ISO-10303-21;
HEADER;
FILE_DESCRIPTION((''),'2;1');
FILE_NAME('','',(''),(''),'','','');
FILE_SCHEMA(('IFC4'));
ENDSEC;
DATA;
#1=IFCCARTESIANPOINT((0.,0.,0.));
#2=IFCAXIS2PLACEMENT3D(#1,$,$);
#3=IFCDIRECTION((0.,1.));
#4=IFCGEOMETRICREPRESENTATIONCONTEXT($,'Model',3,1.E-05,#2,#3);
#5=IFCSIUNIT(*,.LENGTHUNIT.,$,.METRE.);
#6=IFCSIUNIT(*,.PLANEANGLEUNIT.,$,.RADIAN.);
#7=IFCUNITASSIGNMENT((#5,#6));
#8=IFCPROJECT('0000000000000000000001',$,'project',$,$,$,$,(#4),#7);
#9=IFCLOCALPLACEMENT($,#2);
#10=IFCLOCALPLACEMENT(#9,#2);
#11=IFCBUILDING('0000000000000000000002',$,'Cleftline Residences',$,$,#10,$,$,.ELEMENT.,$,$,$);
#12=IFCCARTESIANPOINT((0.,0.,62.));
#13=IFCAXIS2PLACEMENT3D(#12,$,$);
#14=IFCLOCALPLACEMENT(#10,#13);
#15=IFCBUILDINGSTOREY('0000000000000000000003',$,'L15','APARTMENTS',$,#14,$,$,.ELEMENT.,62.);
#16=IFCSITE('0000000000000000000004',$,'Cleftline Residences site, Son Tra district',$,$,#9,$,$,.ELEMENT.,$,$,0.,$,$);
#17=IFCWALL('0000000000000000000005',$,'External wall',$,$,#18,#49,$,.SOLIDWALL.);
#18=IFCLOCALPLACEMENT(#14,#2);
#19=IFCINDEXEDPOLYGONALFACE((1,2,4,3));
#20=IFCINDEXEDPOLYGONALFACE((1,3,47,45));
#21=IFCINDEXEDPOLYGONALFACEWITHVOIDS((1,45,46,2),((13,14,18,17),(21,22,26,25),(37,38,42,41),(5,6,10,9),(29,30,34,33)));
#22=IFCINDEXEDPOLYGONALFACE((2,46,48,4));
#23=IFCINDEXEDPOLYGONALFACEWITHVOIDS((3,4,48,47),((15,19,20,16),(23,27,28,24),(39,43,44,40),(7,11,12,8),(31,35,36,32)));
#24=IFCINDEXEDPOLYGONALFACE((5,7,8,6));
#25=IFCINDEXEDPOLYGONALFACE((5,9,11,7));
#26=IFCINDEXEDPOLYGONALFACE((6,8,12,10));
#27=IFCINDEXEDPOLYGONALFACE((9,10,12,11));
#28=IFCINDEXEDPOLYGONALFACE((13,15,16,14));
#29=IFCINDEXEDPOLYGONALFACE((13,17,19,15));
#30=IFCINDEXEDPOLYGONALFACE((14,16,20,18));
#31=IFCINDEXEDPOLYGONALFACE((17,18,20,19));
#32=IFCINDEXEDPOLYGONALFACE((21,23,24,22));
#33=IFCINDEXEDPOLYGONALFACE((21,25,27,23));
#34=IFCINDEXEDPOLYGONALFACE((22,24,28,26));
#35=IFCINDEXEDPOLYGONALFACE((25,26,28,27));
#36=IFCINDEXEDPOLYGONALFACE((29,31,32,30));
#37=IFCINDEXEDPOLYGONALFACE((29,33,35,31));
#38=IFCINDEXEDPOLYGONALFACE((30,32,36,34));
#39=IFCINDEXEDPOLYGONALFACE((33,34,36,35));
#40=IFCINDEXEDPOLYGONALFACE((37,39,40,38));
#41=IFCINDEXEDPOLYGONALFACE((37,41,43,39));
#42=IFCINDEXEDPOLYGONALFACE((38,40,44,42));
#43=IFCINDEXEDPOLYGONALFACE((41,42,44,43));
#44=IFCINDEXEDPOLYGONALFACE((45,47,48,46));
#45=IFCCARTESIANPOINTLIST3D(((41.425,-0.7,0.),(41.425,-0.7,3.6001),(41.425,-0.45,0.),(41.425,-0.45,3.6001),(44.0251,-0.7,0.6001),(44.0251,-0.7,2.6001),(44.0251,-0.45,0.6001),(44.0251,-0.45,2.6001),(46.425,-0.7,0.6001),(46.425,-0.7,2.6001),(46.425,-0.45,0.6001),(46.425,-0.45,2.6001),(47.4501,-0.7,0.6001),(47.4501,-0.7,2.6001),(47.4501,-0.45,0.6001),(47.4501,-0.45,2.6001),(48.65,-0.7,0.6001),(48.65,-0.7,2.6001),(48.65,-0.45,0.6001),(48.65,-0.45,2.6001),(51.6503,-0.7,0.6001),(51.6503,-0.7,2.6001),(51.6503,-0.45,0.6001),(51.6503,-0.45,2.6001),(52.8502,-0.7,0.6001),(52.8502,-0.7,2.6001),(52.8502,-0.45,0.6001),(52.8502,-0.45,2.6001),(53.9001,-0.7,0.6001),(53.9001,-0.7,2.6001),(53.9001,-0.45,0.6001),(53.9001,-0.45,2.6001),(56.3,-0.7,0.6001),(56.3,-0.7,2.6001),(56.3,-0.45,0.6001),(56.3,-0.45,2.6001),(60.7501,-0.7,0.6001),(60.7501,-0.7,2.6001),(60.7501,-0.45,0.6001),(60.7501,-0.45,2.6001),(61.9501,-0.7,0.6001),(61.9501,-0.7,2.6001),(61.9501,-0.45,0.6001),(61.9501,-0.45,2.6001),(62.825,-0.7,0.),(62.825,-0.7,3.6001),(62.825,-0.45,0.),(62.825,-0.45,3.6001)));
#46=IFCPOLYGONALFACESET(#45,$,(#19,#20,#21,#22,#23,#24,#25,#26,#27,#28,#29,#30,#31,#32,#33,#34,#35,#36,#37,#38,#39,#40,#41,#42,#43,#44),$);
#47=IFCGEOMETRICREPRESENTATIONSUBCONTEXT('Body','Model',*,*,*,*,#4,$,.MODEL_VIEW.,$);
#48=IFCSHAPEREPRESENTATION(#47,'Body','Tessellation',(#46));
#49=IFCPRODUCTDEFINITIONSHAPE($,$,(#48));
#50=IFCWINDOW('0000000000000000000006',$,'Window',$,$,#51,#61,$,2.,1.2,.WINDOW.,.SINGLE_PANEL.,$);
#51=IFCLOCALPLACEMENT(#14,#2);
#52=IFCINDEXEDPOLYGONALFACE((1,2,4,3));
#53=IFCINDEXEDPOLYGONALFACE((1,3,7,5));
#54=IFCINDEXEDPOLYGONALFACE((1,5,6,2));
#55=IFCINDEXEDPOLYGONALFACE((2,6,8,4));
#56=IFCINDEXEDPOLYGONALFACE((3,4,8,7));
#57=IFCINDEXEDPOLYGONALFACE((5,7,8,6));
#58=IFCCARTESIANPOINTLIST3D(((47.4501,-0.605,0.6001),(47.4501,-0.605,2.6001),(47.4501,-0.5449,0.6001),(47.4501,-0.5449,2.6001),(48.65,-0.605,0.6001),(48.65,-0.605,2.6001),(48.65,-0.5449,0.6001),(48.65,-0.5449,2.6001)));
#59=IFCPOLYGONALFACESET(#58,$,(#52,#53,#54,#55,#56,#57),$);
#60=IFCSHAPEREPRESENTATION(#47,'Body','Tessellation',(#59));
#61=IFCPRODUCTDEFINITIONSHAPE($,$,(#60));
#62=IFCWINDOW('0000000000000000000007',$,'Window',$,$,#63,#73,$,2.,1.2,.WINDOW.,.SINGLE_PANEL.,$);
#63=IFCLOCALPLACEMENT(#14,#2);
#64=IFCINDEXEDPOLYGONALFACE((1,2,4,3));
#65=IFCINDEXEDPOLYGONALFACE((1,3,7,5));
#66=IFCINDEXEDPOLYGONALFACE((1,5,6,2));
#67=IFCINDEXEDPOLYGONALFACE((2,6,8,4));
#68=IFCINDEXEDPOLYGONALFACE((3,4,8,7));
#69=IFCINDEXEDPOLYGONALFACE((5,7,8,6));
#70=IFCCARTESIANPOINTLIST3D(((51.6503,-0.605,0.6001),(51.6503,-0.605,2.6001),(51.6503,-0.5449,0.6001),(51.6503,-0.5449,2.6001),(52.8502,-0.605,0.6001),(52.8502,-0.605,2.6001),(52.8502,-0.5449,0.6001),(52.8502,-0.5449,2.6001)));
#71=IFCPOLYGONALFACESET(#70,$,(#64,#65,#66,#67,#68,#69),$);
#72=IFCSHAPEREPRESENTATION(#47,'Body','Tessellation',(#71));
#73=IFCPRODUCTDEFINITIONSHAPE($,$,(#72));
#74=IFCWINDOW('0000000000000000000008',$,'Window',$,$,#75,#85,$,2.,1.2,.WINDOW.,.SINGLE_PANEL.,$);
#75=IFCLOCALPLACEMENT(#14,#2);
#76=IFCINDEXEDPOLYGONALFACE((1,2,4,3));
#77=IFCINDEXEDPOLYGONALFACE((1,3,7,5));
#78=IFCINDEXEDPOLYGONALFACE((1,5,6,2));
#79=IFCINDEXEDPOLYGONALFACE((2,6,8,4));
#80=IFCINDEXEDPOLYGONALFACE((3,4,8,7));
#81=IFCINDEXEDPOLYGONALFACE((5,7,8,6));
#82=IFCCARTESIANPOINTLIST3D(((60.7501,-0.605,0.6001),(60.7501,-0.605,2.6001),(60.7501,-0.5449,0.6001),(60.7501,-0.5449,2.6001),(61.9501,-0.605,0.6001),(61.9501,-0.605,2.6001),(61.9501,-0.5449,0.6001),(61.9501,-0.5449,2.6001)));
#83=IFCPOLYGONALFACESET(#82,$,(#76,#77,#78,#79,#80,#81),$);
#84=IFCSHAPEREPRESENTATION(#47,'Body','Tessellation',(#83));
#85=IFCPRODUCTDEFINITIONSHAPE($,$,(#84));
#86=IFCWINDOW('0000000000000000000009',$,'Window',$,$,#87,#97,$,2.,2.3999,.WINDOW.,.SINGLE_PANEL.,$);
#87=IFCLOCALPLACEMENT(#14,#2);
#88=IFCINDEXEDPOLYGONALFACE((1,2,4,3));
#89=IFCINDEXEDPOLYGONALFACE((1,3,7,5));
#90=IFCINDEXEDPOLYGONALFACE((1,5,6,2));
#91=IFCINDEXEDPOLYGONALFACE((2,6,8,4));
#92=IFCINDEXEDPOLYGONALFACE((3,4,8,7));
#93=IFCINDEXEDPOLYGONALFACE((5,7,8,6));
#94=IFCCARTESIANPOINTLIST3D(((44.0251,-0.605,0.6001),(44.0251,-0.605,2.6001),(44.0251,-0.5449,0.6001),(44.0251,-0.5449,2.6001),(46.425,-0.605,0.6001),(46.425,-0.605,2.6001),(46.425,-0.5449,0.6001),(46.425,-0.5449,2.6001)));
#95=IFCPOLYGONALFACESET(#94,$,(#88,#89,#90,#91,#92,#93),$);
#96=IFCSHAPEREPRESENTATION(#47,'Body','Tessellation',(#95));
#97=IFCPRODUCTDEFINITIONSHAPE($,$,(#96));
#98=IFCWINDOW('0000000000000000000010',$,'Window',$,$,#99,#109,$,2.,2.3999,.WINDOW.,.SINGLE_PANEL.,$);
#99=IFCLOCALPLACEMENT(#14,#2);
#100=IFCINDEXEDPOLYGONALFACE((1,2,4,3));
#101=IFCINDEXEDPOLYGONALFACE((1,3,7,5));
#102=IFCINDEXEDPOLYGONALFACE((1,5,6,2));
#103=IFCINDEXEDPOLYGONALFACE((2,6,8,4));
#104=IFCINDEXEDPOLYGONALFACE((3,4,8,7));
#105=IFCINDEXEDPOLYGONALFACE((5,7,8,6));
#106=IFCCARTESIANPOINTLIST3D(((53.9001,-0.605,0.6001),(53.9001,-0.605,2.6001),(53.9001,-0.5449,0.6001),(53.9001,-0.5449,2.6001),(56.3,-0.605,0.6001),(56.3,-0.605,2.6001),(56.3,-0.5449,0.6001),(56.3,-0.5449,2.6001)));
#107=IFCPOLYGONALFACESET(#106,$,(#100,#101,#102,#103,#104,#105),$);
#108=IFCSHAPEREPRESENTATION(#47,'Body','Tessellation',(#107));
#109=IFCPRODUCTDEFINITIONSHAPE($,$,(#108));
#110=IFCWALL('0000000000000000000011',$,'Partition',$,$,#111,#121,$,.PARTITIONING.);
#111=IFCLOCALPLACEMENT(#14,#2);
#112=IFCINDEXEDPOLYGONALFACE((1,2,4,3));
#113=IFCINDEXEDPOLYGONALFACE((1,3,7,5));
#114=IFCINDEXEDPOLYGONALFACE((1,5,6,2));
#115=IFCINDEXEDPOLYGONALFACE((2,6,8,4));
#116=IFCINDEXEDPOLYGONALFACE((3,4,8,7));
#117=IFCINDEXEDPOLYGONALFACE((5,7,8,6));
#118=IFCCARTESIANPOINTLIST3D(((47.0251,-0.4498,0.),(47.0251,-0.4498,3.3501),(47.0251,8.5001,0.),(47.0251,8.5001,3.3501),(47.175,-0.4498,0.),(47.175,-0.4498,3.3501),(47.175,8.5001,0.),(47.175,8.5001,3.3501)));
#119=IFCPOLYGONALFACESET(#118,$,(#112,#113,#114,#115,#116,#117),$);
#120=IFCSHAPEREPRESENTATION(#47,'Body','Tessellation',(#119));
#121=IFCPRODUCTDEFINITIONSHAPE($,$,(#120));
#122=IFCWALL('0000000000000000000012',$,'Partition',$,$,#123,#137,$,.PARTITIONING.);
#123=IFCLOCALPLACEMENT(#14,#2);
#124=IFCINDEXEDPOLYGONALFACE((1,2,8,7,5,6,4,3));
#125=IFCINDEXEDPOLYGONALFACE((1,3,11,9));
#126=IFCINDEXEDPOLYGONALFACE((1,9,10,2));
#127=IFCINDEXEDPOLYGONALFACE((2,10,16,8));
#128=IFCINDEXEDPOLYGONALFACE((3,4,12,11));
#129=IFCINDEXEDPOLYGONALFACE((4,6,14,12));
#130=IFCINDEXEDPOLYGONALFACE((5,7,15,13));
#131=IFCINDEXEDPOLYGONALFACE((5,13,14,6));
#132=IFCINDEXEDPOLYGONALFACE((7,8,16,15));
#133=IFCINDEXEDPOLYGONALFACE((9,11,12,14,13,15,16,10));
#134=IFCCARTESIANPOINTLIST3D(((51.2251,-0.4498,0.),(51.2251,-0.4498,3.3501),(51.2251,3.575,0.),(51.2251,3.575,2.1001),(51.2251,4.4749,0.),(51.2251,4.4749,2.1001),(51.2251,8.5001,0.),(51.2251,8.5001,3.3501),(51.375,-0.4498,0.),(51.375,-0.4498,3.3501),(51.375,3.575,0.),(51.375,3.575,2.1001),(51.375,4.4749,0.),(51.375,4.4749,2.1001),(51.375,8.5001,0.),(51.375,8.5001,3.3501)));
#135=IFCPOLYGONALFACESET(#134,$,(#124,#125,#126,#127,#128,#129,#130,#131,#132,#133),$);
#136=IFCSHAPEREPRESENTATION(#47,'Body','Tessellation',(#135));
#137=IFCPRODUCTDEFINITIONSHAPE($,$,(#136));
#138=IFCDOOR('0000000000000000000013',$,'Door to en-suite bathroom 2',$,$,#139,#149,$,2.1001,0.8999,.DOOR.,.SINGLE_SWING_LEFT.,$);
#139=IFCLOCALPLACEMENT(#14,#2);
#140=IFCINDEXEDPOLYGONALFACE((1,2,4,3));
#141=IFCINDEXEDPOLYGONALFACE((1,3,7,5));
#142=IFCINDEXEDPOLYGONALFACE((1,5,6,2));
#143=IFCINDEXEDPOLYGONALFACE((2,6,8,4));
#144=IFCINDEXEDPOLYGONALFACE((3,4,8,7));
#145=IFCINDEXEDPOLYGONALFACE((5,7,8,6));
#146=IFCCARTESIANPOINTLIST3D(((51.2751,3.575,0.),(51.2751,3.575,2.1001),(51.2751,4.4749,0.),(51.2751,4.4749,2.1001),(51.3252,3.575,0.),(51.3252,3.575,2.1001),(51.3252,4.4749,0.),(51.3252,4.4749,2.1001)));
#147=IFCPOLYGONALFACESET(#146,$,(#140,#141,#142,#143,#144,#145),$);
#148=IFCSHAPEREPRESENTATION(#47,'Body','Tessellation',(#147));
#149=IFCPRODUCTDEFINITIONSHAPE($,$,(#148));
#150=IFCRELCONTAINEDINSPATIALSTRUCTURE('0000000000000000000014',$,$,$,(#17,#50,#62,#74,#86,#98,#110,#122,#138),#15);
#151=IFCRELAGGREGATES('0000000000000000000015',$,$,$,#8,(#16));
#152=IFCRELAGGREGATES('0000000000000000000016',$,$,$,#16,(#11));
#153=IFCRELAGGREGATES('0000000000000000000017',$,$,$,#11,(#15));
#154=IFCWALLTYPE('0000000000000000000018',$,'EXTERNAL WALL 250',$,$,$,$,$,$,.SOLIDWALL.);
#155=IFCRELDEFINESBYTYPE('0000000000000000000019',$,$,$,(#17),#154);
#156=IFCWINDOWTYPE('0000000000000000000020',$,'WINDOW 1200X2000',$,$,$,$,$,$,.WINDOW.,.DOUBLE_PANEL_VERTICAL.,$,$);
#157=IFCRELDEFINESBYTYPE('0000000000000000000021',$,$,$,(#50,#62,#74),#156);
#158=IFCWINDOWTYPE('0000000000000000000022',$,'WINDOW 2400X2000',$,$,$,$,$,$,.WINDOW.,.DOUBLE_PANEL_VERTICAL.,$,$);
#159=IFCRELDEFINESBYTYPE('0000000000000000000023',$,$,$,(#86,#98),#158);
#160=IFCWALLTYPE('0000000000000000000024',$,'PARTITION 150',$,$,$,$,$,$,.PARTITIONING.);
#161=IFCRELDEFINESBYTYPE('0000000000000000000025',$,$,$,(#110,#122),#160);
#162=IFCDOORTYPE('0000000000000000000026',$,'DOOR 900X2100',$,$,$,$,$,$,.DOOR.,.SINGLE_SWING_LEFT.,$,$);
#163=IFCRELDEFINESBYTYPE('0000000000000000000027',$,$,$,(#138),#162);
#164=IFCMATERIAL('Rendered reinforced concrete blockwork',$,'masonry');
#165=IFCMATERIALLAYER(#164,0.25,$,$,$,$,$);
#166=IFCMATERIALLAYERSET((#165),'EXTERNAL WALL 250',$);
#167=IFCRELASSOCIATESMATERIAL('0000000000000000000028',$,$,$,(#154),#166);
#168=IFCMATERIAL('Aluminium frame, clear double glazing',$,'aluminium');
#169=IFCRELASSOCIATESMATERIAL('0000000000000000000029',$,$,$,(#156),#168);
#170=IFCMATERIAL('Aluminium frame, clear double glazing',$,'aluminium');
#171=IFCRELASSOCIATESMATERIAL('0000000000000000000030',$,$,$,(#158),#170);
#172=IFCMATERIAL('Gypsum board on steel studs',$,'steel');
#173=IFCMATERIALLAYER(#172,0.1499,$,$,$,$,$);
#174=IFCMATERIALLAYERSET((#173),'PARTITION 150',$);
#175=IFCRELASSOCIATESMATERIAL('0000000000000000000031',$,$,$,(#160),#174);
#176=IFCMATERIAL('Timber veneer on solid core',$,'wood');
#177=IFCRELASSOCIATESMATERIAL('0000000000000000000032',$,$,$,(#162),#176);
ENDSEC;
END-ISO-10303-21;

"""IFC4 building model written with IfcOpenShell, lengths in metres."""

from ifc_helpers import new_model, si_unit, direction, frame, frame_2d, origin, place, context, subcontext, project, spatial, rectangle, extrude, material, layer, layer_set, type_object, element, fill, save


model = new_model("IFC4")

# Units and contexts
model_context = context("Model", 3, precision=1e-05, world=origin(), true_north=direction((0.0, 1.0)))
body_context = subcontext(model_context, "Body", "Model", "MODEL_VIEW")
ifc_project = project(units=[si_unit("LENGTHUNIT", "METRE"), si_unit("PLANEANGLEUNIT", "RADIAN")], contexts=[model_context])

# Site, building, storey
site_placement = place(None, origin())
site = spatial("IfcSite", under=ifc_project, at=site_placement, Name="Cleftline Residences site, Son Tra district", CompositionType="ELEMENT", RefElevation=0.0)
building_placement = place(site_placement, origin())
building = spatial("IfcBuilding", under=site, at=building_placement, Name="Cleftline Residences", CompositionType="ELEMENT")
storey_placement = place(building_placement, frame((0.0, 0.0, 62.0)))
storey = spatial("IfcBuildingStorey", under=building, at=storey_placement, Name="L15", Description="APARTMENTS", CompositionType="ELEMENT", Elevation=62.0)

# Wall, openings, windows
ifc_material_1 = material(Name="Rendered reinforced concrete blockwork", Category="masonry")
ifc_layer_1 = layer(ifc_material_1, 0.25)
ifc_layer_set_1 = layer_set([ifc_layer_1], Name="EXTERNAL WALL 250")
wall_type_1 = type_object("IfcWallType", Name="EXTERNAL WALL 250", PredefinedType="SOLIDWALL", material=ifc_layer_set_1)
wall_1_placement = place(storey_placement, frame((41.425, -0.575, 0.0), z_axis=(0.0, 0.0, 1.0), x_axis=(1.0, 0.0, 0.0)))
wall_1 = element("IfcWall", 1, at=wall_1_placement, inside=storey, type_object=wall_type_1, Name="External wall", PredefinedType="SOLIDWALL", context=body_context, shape_type="SweptSolid", body=[
    extrude(rectangle(XDim=21.3999, YDim=0.25, at=frame_2d((10.7, 0.0))), origin(), (0.0, 0.0, 1.0), 3.6001),
])
opening_1_placement = place(wall_1_placement, frame((2.6001, 0.0, 0.6001)))
opening_1 = element("IfcOpeningElement", 2, at=opening_1_placement, cuts=wall_1, PredefinedType="OPENING", context=body_context, shape_type="SweptSolid", body=[
    extrude(rectangle(XDim=2.3999, YDim=2.0, at=frame_2d((1.2, 1.0))), frame((0.0, 0.135, 0.0), z_axis=(0.0, -1.0, 0.0), x_axis=(1.0, 0.0, 0.0)), (0.0, 0.0, 1.0), 0.27),
])
opening_2_placement = place(wall_1_placement, frame((6.0249, 0.0, 0.6001)))
opening_2 = element("IfcOpeningElement", 3, at=opening_2_placement, cuts=wall_1, PredefinedType="OPENING", context=body_context, shape_type="SweptSolid", body=[
    extrude(rectangle(XDim=1.2, YDim=2.0, at=frame_2d((0.6001, 1.0))), frame((0.0, 0.135, 0.0), z_axis=(0.0, -1.0, 0.0), x_axis=(1.0, 0.0, 0.0)), (0.0, 0.0, 1.0), 0.27),
])
opening_3_placement = place(wall_1_placement, frame((10.2251, 0.0, 0.6001)))
opening_3 = element("IfcOpeningElement", 4, at=opening_3_placement, cuts=wall_1, PredefinedType="OPENING", context=body_context, shape_type="SweptSolid", body=[
    extrude(rectangle(XDim=1.2, YDim=2.0, at=frame_2d((0.6001, 1.0))), frame((0.0, 0.135, 0.0), z_axis=(0.0, -1.0, 0.0), x_axis=(1.0, 0.0, 0.0)), (0.0, 0.0, 1.0), 0.27),
])
opening_4_placement = place(wall_1_placement, frame((12.4751, 0.0, 0.6001)))
opening_4 = element("IfcOpeningElement", 5, at=opening_4_placement, cuts=wall_1, PredefinedType="OPENING", context=body_context, shape_type="SweptSolid", body=[
    extrude(rectangle(XDim=2.3999, YDim=2.0, at=frame_2d((1.2, 1.0))), frame((0.0, 0.135, 0.0), z_axis=(0.0, -1.0, 0.0), x_axis=(1.0, 0.0, 0.0)), (0.0, 0.0, 1.0), 0.27),
])
opening_5_placement = place(wall_1_placement, frame((19.325, 0.0, 0.6001)))
opening_5 = element("IfcOpeningElement", 6, at=opening_5_placement, cuts=wall_1, PredefinedType="OPENING", context=body_context, shape_type="SweptSolid", body=[
    extrude(rectangle(XDim=1.2, YDim=2.0, at=frame_2d((0.6001, 1.0))), frame((0.0, 0.135, 0.0), z_axis=(0.0, -1.0, 0.0), x_axis=(1.0, 0.0, 0.0)), (0.0, 0.0, 1.0), 0.27),
])
ifc_material_2 = material(Name="Aluminium frame, clear double glazing", Category="aluminium")
window_type_1 = type_object("IfcWindowType", Name="WINDOW 1200X2000", PartitioningType="DOUBLE_PANEL_VERTICAL", PredefinedType="WINDOW", material=ifc_material_2)
window_1_placement = place(opening_2_placement, origin())
window_1 = element("IfcWindow", 7, at=window_1_placement, inside=storey, type_object=window_type_1, Name="Window", OverallHeight=2.0, OverallWidth=1.2, PartitioningType="SINGLE_PANEL", PredefinedType="WINDOW", context=body_context, shape_type="SweptSolid", body=[
    extrude(rectangle(XDim=1.2, YDim=2.0, at=frame_2d((0.6001, 1.0))), frame((0.0, 0.03, 0.0), z_axis=(0.0, -1.0, 0.0), x_axis=(1.0, 0.0, 0.0)), (0.0, 0.0, 1.0), 0.0601),
])
fill(opening_2, window_1)
window_2_placement = place(opening_3_placement, origin())
window_2 = element("IfcWindow", 8, at=window_2_placement, inside=storey, type_object=window_type_1, Name="Window", OverallHeight=2.0, OverallWidth=1.2, PartitioningType="SINGLE_PANEL", PredefinedType="WINDOW", context=body_context, shape_type="SweptSolid", body=[
    extrude(rectangle(XDim=1.2, YDim=2.0, at=frame_2d((0.6001, 1.0))), frame((0.0, 0.03, 0.0), z_axis=(0.0, -1.0, 0.0), x_axis=(1.0, 0.0, 0.0)), (0.0, 0.0, 1.0), 0.0601),
])
fill(opening_3, window_2)
window_3_placement = place(opening_5_placement, origin())
window_3 = element("IfcWindow", 9, at=window_3_placement, inside=storey, type_object=window_type_1, Name="Window", OverallHeight=2.0, OverallWidth=1.2, PartitioningType="SINGLE_PANEL", PredefinedType="WINDOW", context=body_context, shape_type="SweptSolid", body=[
    extrude(rectangle(XDim=1.2, YDim=2.0, at=frame_2d((0.6001, 1.0))), frame((0.0, 0.03, 0.0), z_axis=(0.0, -1.0, 0.0), x_axis=(1.0, 0.0, 0.0)), (0.0, 0.0, 1.0), 0.0601),
])
fill(opening_5, window_3)
ifc_material_3 = material(Name="Aluminium frame, clear double glazing", Category="aluminium")
window_type_2 = type_object("IfcWindowType", Name="WINDOW 2400X2000", PartitioningType="DOUBLE_PANEL_VERTICAL", PredefinedType="WINDOW", material=ifc_material_3)
window_4_placement = place(opening_1_placement, origin())
window_4 = element("IfcWindow", 10, at=window_4_placement, inside=storey, type_object=window_type_2, Name="Window", OverallHeight=2.0, OverallWidth=2.3999, PartitioningType="SINGLE_PANEL", PredefinedType="WINDOW", context=body_context, shape_type="SweptSolid", body=[
    extrude(rectangle(XDim=2.3999, YDim=2.0, at=frame_2d((1.2, 1.0))), frame((0.0, 0.03, 0.0), z_axis=(0.0, -1.0, 0.0), x_axis=(1.0, 0.0, 0.0)), (0.0, 0.0, 1.0), 0.0601),
])
fill(opening_1, window_4)
window_5_placement = place(opening_4_placement, origin())
window_5 = element("IfcWindow", 11, at=window_5_placement, inside=storey, type_object=window_type_2, Name="Window", OverallHeight=2.0, OverallWidth=2.3999, PartitioningType="SINGLE_PANEL", PredefinedType="WINDOW", context=body_context, shape_type="SweptSolid", body=[
    extrude(rectangle(XDim=2.3999, YDim=2.0, at=frame_2d((1.2, 1.0))), frame((0.0, 0.03, 0.0), z_axis=(0.0, -1.0, 0.0), x_axis=(1.0, 0.0, 0.0)), (0.0, 0.0, 1.0), 0.0601),
])
fill(opening_4, window_5)

# Wall
ifc_material_4 = material(Name="Gypsum board on steel studs", Category="steel")
ifc_layer_2 = layer(ifc_material_4, 0.1499)
ifc_layer_set_2 = layer_set([ifc_layer_2], Name="PARTITION 150")
wall_type_2 = type_object("IfcWallType", Name="PARTITION 150", PredefinedType="PARTITIONING", material=ifc_layer_set_2)
wall_2_placement = place(storey_placement, frame((47.1001, -0.45, 0.0), z_axis=(0.0, 0.0, 1.0), x_axis=(0.0, 1.0, 0.0)))
element("IfcWall", 12, at=wall_2_placement, inside=storey, type_object=wall_type_2, Name="Partition", PredefinedType="PARTITIONING", context=body_context, shape_type="SweptSolid", body=[
    extrude(rectangle(XDim=8.95, YDim=0.1499, at=frame_2d((4.4751, 0.0))), origin(), (0.0, 0.0, 1.0), 3.3501),
])

# Wall, opening, door
wall_3_placement = place(storey_placement, frame((51.3, -0.45, 0.0), z_axis=(0.0, 0.0, 1.0), x_axis=(0.0, 1.0, 0.0)))
wall_3 = element("IfcWall", 13, at=wall_3_placement, inside=storey, type_object=wall_type_2, Name="Partition", PredefinedType="PARTITIONING", context=body_context, shape_type="SweptSolid", body=[
    extrude(rectangle(XDim=8.95, YDim=0.1499, at=frame_2d((4.4751, 0.0))), origin(), (0.0, 0.0, 1.0), 3.3501),
])
opening_6_placement = place(wall_3_placement, frame((4.0249, 0.0, 0.0)))
opening_6 = element("IfcOpeningElement", 14, at=opening_6_placement, cuts=wall_3, PredefinedType="OPENING", context=body_context, shape_type="SweptSolid", body=[
    extrude(rectangle(XDim=0.8999, YDim=2.1001, at=frame_2d((0.45, 1.05))), frame((0.0, 0.085, 0.0), z_axis=(0.0, -1.0, 0.0), x_axis=(1.0, 0.0, 0.0)), (0.0, 0.0, 1.0), 0.1699),
])
ifc_material_5 = material(Name="Timber veneer on solid core", Category="wood")
door_type = type_object("IfcDoorType", Name="DOOR 900X2100", OperationType="SINGLE_SWING_LEFT", PredefinedType="DOOR", material=ifc_material_5)
door_placement = place(opening_6_placement, origin())
door = element("IfcDoor", 15, at=door_placement, inside=storey, type_object=door_type, Name="Door to en-suite bathroom 2", OperationType="SINGLE_SWING_LEFT", OverallHeight=2.1001, OverallWidth=0.8999, PredefinedType="DOOR", context=body_context, shape_type="SweptSolid", body=[
    extrude(rectangle(XDim=0.8999, YDim=2.1001, at=frame_2d((0.45, 1.05))), frame((0.0, 0.0249, 0.0), z_axis=(0.0, -1.0, 0.0), x_axis=(1.0, 0.0, 0.0)), (0.0, 0.0, 1.0), 0.05),
])
fill(opening_6, door)

save(model, "model.ifc")
